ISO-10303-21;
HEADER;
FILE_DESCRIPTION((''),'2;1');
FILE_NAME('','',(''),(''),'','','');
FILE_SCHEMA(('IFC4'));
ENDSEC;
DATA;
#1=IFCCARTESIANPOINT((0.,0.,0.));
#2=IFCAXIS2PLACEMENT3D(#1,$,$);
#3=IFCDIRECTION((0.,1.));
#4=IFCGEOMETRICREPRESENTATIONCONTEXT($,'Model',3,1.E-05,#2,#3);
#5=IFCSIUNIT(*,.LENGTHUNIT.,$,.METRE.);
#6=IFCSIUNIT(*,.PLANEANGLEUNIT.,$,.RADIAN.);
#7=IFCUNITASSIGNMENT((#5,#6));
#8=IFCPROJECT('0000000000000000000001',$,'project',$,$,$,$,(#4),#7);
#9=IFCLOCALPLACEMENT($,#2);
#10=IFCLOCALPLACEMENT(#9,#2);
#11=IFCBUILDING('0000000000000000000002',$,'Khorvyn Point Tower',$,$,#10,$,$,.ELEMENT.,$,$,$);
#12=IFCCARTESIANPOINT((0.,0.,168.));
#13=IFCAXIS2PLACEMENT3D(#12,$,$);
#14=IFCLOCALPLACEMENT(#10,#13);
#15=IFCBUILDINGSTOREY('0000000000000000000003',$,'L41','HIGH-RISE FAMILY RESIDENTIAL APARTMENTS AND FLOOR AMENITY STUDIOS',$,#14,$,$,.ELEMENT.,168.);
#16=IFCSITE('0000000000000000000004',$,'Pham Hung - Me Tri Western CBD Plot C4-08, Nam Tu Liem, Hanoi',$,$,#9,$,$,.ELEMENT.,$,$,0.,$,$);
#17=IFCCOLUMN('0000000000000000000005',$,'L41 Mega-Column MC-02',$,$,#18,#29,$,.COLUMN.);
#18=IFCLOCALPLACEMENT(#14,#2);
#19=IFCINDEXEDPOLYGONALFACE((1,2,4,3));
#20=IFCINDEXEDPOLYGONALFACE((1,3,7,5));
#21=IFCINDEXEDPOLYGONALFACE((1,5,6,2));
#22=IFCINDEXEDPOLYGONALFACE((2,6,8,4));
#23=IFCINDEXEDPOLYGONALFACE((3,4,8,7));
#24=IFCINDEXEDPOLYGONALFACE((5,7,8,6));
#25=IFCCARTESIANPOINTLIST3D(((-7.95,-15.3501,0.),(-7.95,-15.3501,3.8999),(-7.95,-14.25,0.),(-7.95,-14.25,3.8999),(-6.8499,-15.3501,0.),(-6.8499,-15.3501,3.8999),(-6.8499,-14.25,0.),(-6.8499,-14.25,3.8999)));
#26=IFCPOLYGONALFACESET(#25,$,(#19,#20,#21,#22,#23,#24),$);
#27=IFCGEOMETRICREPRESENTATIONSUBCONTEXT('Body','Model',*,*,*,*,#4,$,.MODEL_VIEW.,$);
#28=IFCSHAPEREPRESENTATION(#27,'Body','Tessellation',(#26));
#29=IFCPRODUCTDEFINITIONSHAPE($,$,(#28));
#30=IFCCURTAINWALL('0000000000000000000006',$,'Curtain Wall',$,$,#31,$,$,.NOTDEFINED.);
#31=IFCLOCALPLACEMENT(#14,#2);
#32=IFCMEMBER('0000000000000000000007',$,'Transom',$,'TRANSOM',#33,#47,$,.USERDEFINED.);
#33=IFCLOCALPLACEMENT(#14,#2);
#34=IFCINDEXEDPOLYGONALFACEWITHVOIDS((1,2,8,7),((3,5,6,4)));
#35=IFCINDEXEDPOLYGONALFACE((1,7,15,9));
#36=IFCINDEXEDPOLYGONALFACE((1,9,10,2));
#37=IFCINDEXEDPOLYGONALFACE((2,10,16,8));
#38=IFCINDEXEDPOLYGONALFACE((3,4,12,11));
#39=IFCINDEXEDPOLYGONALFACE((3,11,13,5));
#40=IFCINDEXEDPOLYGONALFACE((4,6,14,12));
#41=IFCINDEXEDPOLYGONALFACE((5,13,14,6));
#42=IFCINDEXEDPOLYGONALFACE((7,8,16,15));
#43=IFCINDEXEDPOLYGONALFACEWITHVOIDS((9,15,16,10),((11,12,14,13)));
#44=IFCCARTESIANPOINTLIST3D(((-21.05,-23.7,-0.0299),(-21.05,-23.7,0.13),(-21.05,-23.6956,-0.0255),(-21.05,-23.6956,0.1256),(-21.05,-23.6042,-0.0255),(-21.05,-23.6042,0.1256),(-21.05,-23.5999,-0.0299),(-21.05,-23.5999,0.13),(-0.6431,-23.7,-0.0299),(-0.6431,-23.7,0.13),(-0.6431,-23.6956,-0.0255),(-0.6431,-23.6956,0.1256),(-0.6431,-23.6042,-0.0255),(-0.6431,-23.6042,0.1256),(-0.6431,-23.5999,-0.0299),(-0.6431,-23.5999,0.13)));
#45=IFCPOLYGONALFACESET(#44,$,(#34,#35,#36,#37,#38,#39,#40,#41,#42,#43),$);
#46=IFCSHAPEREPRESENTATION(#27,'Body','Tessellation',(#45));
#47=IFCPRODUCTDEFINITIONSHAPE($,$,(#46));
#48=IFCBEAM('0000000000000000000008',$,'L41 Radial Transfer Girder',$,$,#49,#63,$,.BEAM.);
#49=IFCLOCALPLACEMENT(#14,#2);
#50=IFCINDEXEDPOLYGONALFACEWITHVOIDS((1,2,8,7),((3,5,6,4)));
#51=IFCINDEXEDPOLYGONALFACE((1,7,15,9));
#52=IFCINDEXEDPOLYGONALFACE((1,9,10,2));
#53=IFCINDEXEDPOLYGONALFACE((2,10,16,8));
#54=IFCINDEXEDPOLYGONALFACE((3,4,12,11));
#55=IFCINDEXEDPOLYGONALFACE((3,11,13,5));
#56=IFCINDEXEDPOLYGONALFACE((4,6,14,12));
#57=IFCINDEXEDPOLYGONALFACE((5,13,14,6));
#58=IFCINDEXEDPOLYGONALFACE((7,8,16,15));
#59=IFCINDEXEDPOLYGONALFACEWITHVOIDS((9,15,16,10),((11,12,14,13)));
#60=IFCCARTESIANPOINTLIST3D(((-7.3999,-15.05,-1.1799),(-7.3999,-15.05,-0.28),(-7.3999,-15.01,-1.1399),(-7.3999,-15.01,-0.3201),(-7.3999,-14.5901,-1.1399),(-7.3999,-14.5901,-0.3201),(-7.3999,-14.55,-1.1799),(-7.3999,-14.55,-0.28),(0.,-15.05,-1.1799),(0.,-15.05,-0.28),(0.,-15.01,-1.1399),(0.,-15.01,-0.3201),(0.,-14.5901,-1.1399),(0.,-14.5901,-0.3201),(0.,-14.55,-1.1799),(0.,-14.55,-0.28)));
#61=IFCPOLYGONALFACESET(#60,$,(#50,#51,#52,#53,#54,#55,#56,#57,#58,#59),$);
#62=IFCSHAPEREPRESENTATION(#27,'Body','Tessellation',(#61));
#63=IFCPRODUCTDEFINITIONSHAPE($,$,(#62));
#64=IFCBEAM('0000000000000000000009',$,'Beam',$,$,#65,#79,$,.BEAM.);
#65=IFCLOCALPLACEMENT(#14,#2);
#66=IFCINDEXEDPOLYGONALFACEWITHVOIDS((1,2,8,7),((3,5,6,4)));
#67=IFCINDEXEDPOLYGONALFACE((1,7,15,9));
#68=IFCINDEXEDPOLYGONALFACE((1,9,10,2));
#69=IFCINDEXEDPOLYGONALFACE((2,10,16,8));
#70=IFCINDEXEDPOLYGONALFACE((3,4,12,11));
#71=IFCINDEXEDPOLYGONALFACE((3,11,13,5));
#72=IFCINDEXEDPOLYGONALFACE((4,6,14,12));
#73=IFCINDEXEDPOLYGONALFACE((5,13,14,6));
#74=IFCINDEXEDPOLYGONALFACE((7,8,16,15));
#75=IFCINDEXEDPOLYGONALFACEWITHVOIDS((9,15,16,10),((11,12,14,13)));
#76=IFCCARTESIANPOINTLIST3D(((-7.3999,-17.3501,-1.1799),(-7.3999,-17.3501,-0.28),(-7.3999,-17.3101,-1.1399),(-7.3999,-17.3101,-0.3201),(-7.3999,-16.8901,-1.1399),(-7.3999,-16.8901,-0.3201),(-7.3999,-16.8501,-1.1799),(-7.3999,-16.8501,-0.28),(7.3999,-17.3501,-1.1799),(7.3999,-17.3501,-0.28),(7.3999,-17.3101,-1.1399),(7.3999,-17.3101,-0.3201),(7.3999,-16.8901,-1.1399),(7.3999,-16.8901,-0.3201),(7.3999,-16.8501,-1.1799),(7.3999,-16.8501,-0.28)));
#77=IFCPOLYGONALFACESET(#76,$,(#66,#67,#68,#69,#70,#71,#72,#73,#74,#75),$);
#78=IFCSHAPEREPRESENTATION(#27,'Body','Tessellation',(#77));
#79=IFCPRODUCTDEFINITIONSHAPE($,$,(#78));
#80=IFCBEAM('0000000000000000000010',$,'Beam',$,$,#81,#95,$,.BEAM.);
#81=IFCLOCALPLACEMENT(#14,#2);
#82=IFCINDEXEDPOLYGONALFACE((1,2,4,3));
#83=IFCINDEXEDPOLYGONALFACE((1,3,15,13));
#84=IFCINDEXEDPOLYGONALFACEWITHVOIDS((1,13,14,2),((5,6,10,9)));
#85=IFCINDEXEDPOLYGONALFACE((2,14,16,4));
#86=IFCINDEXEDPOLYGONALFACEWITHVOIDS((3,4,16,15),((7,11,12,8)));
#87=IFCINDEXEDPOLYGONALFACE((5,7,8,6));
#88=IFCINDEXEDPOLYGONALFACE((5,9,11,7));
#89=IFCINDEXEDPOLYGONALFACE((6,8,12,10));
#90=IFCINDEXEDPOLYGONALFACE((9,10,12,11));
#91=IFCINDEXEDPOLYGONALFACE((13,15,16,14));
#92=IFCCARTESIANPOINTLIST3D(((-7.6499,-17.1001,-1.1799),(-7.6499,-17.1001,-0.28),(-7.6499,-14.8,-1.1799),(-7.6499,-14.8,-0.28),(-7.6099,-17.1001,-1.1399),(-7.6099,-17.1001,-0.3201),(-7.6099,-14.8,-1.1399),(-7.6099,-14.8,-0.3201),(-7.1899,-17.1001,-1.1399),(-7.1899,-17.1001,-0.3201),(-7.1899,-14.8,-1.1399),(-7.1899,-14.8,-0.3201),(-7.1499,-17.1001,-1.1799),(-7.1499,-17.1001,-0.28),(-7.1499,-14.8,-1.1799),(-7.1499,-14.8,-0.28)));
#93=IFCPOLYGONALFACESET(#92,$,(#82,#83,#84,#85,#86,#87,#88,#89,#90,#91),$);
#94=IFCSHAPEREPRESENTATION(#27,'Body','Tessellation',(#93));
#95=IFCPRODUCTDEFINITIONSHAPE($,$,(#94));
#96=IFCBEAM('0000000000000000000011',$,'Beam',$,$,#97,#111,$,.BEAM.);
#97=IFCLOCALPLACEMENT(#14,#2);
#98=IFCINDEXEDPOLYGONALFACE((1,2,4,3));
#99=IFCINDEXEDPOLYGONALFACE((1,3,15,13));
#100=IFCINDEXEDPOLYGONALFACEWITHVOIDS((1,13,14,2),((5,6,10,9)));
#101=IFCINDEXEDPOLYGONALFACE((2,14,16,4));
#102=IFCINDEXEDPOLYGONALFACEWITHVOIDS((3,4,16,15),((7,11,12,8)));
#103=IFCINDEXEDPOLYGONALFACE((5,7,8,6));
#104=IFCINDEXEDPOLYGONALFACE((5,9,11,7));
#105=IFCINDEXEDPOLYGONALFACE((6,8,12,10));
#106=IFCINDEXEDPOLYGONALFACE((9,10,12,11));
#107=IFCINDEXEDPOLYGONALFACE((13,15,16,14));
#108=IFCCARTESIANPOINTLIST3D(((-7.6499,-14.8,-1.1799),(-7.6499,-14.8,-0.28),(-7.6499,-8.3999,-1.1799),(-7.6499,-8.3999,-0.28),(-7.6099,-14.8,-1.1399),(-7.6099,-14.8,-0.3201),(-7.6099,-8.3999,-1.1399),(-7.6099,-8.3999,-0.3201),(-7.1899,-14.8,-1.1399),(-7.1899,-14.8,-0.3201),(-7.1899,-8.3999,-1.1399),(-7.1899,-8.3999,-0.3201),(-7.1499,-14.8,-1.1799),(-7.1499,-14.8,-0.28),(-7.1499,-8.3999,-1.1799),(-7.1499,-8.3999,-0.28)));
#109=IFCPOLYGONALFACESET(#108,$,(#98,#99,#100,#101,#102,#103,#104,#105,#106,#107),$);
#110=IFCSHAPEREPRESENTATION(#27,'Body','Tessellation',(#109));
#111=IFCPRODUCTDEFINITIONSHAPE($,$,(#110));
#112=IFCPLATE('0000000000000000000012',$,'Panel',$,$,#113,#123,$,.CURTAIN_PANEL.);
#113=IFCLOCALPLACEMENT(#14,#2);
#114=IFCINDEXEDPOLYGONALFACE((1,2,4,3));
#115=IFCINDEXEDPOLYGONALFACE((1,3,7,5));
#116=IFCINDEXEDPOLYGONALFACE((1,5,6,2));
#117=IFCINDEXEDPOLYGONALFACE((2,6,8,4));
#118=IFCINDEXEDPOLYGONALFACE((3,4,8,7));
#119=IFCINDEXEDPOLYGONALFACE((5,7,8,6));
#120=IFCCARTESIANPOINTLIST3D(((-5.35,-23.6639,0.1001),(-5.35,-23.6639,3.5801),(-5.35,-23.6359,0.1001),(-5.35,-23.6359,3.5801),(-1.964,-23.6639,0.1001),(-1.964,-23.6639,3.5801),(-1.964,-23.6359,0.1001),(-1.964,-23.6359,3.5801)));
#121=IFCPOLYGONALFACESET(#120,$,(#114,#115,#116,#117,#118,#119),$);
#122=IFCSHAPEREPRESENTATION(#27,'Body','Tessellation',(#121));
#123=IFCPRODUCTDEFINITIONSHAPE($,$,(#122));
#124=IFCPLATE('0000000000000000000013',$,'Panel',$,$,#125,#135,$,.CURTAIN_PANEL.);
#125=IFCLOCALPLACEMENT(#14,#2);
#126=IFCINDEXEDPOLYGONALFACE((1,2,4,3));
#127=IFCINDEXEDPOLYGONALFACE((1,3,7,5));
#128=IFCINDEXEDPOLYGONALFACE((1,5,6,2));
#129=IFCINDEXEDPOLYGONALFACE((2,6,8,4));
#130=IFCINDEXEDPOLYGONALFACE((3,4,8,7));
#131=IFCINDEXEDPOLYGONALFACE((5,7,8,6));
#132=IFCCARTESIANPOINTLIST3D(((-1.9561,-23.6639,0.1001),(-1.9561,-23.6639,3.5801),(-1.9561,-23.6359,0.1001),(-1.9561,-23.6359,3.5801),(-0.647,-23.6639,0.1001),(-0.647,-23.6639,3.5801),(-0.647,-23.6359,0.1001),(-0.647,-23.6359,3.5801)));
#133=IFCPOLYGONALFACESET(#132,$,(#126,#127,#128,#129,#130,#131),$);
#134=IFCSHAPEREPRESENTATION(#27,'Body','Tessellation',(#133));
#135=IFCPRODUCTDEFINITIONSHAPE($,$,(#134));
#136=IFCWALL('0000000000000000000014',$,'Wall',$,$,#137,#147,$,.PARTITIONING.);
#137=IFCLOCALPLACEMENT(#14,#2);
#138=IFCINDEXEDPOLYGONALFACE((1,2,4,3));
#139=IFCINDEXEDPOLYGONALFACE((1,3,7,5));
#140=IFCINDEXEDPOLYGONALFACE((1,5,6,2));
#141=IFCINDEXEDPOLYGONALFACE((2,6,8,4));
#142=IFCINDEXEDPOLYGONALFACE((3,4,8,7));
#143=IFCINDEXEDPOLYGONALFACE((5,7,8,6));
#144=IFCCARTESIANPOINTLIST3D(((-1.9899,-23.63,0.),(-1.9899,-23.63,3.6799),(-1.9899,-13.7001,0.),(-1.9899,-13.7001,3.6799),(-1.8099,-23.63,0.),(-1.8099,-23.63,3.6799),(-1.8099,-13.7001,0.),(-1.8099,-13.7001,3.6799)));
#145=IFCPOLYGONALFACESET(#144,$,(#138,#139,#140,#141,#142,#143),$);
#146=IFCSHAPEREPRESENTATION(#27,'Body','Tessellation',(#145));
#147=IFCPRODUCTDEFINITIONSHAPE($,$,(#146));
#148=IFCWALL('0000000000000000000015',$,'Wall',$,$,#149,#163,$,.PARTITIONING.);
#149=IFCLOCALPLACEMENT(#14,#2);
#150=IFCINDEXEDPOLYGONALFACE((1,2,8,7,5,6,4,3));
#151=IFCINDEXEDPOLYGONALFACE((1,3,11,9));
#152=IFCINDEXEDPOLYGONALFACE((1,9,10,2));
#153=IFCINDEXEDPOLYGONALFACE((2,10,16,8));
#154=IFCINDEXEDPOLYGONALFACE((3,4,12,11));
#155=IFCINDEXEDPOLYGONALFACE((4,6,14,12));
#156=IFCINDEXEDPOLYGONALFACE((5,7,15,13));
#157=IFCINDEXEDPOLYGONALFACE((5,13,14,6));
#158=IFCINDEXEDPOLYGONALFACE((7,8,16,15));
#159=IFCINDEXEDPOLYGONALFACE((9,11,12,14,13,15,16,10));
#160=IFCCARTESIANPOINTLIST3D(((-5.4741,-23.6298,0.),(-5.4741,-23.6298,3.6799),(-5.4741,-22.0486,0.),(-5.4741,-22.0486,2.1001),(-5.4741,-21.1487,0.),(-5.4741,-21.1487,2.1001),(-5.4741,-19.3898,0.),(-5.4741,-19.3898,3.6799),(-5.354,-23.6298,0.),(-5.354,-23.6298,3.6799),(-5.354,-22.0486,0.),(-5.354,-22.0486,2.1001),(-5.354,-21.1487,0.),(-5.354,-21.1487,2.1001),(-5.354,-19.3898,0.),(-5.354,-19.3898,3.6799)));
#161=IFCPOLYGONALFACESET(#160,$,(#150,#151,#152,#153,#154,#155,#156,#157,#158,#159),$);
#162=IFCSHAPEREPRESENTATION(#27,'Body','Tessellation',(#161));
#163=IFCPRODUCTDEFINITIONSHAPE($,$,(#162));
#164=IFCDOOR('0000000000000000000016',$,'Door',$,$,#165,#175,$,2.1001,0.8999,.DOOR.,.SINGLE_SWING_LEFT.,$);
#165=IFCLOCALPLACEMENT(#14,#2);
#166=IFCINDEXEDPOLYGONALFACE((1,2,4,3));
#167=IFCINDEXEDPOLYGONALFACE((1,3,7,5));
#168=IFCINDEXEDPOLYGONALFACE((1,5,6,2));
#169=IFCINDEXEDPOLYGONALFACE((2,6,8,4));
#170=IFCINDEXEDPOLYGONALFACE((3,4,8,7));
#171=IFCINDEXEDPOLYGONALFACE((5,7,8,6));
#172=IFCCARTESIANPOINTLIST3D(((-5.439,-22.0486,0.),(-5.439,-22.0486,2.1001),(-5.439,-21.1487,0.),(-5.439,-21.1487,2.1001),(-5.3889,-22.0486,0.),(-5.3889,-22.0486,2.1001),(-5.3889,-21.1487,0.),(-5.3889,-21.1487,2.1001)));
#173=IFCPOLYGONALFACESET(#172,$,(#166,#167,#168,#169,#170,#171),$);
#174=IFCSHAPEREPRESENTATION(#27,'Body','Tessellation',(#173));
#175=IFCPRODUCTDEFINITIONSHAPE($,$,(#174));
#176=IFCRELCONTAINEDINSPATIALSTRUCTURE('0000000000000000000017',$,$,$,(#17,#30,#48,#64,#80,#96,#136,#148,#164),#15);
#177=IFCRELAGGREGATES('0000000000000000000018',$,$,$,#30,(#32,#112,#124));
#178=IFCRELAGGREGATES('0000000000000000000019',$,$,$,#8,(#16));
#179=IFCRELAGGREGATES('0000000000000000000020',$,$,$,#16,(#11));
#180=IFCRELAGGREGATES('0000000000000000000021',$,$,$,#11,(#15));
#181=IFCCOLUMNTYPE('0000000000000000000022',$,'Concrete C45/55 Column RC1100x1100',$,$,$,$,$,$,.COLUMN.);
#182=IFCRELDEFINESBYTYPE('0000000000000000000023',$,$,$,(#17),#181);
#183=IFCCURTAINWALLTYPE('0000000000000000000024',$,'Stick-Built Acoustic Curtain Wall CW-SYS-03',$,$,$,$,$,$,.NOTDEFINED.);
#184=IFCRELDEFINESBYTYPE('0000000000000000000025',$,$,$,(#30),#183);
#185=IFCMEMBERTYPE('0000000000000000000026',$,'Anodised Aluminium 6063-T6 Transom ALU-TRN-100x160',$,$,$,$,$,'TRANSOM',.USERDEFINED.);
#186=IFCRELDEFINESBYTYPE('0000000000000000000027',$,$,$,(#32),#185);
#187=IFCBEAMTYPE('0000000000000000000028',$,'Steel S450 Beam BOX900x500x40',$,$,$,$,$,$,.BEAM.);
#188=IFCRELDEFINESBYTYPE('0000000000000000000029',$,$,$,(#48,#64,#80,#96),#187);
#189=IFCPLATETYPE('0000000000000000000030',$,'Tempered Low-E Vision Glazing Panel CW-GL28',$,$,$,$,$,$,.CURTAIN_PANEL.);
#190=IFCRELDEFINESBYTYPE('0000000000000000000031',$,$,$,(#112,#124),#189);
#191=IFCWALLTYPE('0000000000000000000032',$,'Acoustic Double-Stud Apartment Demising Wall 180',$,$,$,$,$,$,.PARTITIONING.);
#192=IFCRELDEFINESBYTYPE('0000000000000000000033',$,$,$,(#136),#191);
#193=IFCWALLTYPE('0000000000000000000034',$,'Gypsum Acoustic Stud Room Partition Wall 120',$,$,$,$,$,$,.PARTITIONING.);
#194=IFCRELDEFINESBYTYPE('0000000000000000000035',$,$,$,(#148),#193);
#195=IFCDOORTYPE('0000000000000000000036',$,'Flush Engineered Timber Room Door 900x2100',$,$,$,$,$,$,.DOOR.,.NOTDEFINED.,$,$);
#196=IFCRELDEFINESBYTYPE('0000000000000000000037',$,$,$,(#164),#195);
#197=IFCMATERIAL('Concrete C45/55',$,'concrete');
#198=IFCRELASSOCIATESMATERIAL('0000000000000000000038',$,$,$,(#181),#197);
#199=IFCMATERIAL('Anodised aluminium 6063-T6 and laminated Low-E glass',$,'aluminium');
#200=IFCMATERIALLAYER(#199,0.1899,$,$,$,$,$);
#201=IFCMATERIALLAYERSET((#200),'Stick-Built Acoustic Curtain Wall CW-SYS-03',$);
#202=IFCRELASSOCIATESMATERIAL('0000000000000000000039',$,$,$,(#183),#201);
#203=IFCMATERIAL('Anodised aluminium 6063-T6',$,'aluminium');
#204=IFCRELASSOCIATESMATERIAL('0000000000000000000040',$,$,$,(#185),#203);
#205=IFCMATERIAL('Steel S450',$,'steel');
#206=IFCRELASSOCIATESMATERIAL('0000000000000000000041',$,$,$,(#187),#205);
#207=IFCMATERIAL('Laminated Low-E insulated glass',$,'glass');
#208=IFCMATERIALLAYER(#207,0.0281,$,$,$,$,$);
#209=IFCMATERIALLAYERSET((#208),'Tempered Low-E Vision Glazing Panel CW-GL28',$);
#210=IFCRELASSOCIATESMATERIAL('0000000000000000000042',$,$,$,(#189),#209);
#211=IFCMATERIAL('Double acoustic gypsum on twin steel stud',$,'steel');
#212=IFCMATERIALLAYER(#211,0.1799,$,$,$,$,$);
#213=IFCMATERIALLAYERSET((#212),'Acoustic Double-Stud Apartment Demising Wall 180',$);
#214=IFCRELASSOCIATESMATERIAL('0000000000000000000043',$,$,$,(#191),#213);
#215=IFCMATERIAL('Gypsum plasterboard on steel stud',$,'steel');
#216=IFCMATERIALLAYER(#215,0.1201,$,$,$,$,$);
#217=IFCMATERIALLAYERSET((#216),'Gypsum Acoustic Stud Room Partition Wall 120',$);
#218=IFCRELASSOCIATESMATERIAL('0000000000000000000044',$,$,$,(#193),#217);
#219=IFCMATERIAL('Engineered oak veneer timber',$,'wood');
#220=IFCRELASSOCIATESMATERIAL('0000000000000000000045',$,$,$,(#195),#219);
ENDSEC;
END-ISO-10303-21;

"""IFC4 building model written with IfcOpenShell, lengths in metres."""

from ifc_helpers import new_model, si_unit, direction, frame, frame_2d, origin, origin_2d, place, context, subcontext, project, spatial, rectangle, hollow_rectangle, extrude, material, layer, layer_set, material_profile, profile_set, type_object, element, fill, aggregate, save


model = new_model("IFC4")

# Units and contexts
model_context = context("Model", 3, precision=1e-05, world=origin(), true_north=direction((0.0, 1.0)))
body_context = subcontext(model_context, "Body", "Model", "MODEL_VIEW")
ifc_project = project(units=[si_unit("LENGTHUNIT", "METRE"), si_unit("PLANEANGLEUNIT", "RADIAN")], contexts=[model_context])

# Site, building, storey
site_placement = place(None, origin())
site = spatial("IfcSite", under=ifc_project, at=site_placement, Name="Pham Hung - Me Tri Western CBD Plot C4-08, Nam Tu Liem, Hanoi", CompositionType="ELEMENT", RefElevation=0.0)
building_placement = place(site_placement, origin())
building = spatial("IfcBuilding", under=site, at=building_placement, Name="Khorvyn Point Tower", CompositionType="ELEMENT")
storey_placement = place(building_placement, frame((0.0, 0.0, 168.0)))
storey = spatial("IfcBuildingStorey", under=building, at=storey_placement, Name="L41", Description="HIGH-RISE FAMILY RESIDENTIAL APARTMENTS AND FLOOR AMENITY STUDIOS", CompositionType="ELEMENT", Elevation=168.0)

# Column
ifc_material_1 = material(Name="Concrete C45/55", Category="concrete")
ifc_material_profile_1 = material_profile(ifc_material_1, rectangle(XDim=1.1001, YDim=1.1001, at=origin_2d()))
ifc_profile_set_1 = profile_set([ifc_material_profile_1], Name="Concrete C45/55 RC1100x1100")
column_type = type_object("IfcColumnType", Name="Concrete C45/55 Column RC1100x1100", PredefinedType="COLUMN", material=ifc_profile_set_1)
column_placement = place(storey_placement, frame((-7.3999, -14.8, 0.0), z_axis=(0.0, 0.0, 1.0), x_axis=(1.0, 0.0, 0.0)))
element("IfcColumn", 1, at=column_placement, inside=storey, type_object=column_type, Name="L41 Mega-Column MC-02", PredefinedType="COLUMN", context=body_context, shape_type="SweptSolid", body=[
    extrude(rectangle(XDim=1.1001, YDim=1.1001, at=origin_2d()), origin(), (0.0, 0.0, 1.0), 3.8999),
])

# Curtain wall, member
ifc_material_2 = material(Name="Anodised aluminium 6063-T6 and laminated Low-E glass", Category="aluminium")
ifc_layer_1 = layer(ifc_material_2, 0.1899)
ifc_layer_set_1 = layer_set([ifc_layer_1], Name="Stick-Built Acoustic Curtain Wall CW-SYS-03")
curtain_wall_type = type_object("IfcCurtainWallType", Name="Stick-Built Acoustic Curtain Wall CW-SYS-03", PredefinedType="NOTDEFINED", material=ifc_layer_set_1)
curtain_wall_placement = place(storey_placement, origin())
curtain_wall = element("IfcCurtainWall", 2, at=curtain_wall_placement, inside=storey, type_object=curtain_wall_type, Name="Curtain Wall", PredefinedType="NOTDEFINED")
ifc_material_3 = material(Name="Anodised aluminium 6063-T6", Category="aluminium")
ifc_material_profile_2 = material_profile(ifc_material_3, hollow_rectangle(XDim=0.1001, YDim=0.1599, WallThickness=0.0044, at=origin_2d()))
ifc_profile_set_2 = profile_set([ifc_material_profile_2], Name="Anodised aluminium 6063-T6 ALU-TRN-100x160")
member_type = type_object("IfcMemberType", Name="Anodised Aluminium 6063-T6 Transom ALU-TRN-100x160", ElementType="TRANSOM", PredefinedType="USERDEFINED", material=ifc_profile_set_2)
member_placement = place(storey_placement, frame((-0.6431, -23.6499, 0.05), z_axis=(-1.0, 0.0, 0.0), x_axis=(0.0, -1.0, 0.0)))
member = element("IfcMember", 3, at=member_placement, type_object=member_type, Name="Transom", ObjectType="TRANSOM", PredefinedType="USERDEFINED", context=body_context, shape_type="SweptSolid", body=[
    extrude(hollow_rectangle(XDim=0.1001, YDim=0.1599, WallThickness=0.0044, at=origin_2d()), origin(), (0.0, 0.0, 1.0), 20.407),
])

# Beams
ifc_material_4 = material(Name="Steel S450", Category="steel")
ifc_material_profile_3 = material_profile(ifc_material_4, hollow_rectangle(XDim=0.5, YDim=0.8999, WallThickness=0.04, at=origin_2d()))
ifc_profile_set_3 = profile_set([ifc_material_profile_3], Name="Steel S450 BOX900x500x40")
beam_type = type_object("IfcBeamType", Name="Steel S450 Beam BOX900x500x40", PredefinedType="BEAM", material=ifc_profile_set_3)
beam_1_placement = place(storey_placement, frame((-7.3999, -14.8, -0.73), z_axis=(1.0, 0.0, 0.0), x_axis=(0.0, 1.0, 0.0)))
element("IfcBeam", 4, at=beam_1_placement, inside=storey, type_object=beam_type, Name="L41 Radial Transfer Girder", PredefinedType="BEAM", context=body_context, shape_type="SweptSolid", body=[
    extrude(hollow_rectangle(XDim=0.5, YDim=0.8999, WallThickness=0.04, at=origin_2d()), origin(), (0.0, 0.0, 1.0), 7.3999),
])
beam_2_placement = place(storey_placement, frame((-7.3999, -17.1001, -0.73), z_axis=(1.0, 0.0, 0.0), x_axis=(0.0, 1.0, 0.0)))
element("IfcBeam", 5, at=beam_2_placement, inside=storey, type_object=beam_type, Name="Beam", PredefinedType="BEAM", context=body_context, shape_type="SweptSolid", body=[
    extrude(hollow_rectangle(XDim=0.5, YDim=0.8999, WallThickness=0.04, at=origin_2d()), origin(), (0.0, 0.0, 1.0), 14.7998),
])
beam_3_placement = place(storey_placement, frame((-7.3999, -17.1001, -0.73), z_axis=(0.0, 1.0, 0.0), x_axis=(-1.0, 0.0, 0.0)))
element("IfcBeam", 6, at=beam_3_placement, inside=storey, type_object=beam_type, Name="Beam", PredefinedType="BEAM", context=body_context, shape_type="SweptSolid", body=[
    extrude(hollow_rectangle(XDim=0.5, YDim=0.8999, WallThickness=0.04, at=origin_2d()), origin(), (0.0, 0.0, 1.0), 2.3),
])
beam_4_placement = place(storey_placement, frame((-7.3999, -14.8, -0.73), z_axis=(0.0, 1.0, 0.0), x_axis=(-1.0, 0.0, 0.0)))
element("IfcBeam", 7, at=beam_4_placement, inside=storey, type_object=beam_type, Name="Beam", PredefinedType="BEAM", context=body_context, shape_type="SweptSolid", body=[
    extrude(hollow_rectangle(XDim=0.5, YDim=0.8999, WallThickness=0.04, at=origin_2d()), origin(), (0.0, 0.0, 1.0), 6.4001),
])

# Plates
ifc_material_5 = material(Name="Laminated Low-E insulated glass", Category="glass")
ifc_layer_2 = layer(ifc_material_5, 0.0281)
ifc_layer_set_2 = layer_set([ifc_layer_2], Name="Tempered Low-E Vision Glazing Panel CW-GL28")
plate_type = type_object("IfcPlateType", Name="Tempered Low-E Vision Glazing Panel CW-GL28", PredefinedType="CURTAIN_PANEL", material=ifc_layer_set_2)
plate_1_placement = place(storey_placement, frame((-3.657, -23.6499, 0.1001), z_axis=(0.0, 0.0, 1.0), x_axis=(-1.0, 0.0, 0.0)))
plate_1 = element("IfcPlate", 8, at=plate_1_placement, type_object=plate_type, Name="Panel", PredefinedType="CURTAIN_PANEL", context=body_context, shape_type="SweptSolid", body=[
    extrude(rectangle(XDim=3.386, YDim=0.0281, at=origin_2d()), origin(), (0.0, 0.0, 1.0), 3.48),
])
plate_2_placement = place(storey_placement, frame((-1.3015, -23.6499, 0.1001), z_axis=(0.0, 0.0, 1.0), x_axis=(-1.0, 0.0, 0.0)))
plate_2 = element("IfcPlate", 9, at=plate_2_placement, type_object=plate_type, Name="Panel", PredefinedType="CURTAIN_PANEL", context=body_context, shape_type="SweptSolid", body=[
    extrude(rectangle(XDim=1.3091, YDim=0.0281, at=origin_2d()), origin(), (0.0, 0.0, 1.0), 3.48),
])
aggregate(curtain_wall, [member, plate_1, plate_2])

# Wall
ifc_material_6 = material(Name="Double acoustic gypsum on twin steel stud", Category="steel")
ifc_layer_3 = layer(ifc_material_6, 0.1799)
ifc_layer_set_3 = layer_set([ifc_layer_3], Name="Acoustic Double-Stud Apartment Demising Wall 180")
wall_type_1 = type_object("IfcWallType", Name="Acoustic Double-Stud Apartment Demising Wall 180", PredefinedType="PARTITIONING", material=ifc_layer_set_3)
wall_1_placement = place(storey_placement, frame((-1.8999, -23.6299, 0.0), z_axis=(0.0, 0.0, 1.0), x_axis=(0.0, 1.0, 0.0)))
element("IfcWall", 10, at=wall_1_placement, inside=storey, type_object=wall_type_1, Name="Wall", PredefinedType="PARTITIONING", context=body_context, shape_type="SweptSolid", body=[
    extrude(rectangle(XDim=9.9299, YDim=0.1799, at=frame_2d((4.9648, 0.0))), origin(), (0.0, 0.0, 1.0), 3.6799),
])

# Wall, opening, door
ifc_material_7 = material(Name="Gypsum plasterboard on steel stud", Category="steel")
ifc_layer_4 = layer(ifc_material_7, 0.1201)
ifc_layer_set_4 = layer_set([ifc_layer_4], Name="Gypsum Acoustic Stud Room Partition Wall 120")
wall_type_2 = type_object("IfcWallType", Name="Gypsum Acoustic Stud Room Partition Wall 120", PredefinedType="PARTITIONING", material=ifc_layer_set_4)
wall_2_placement = place(storey_placement, frame((-5.4141, -23.6299, 0.0), z_axis=(0.0, 0.0, 1.0), x_axis=(0.0, 1.0, 0.0)))
wall_2 = element("IfcWall", 11, at=wall_2_placement, inside=storey, type_object=wall_type_2, Name="Wall", PredefinedType="PARTITIONING", context=body_context, shape_type="SweptSolid", body=[
    extrude(rectangle(XDim=4.24, YDim=0.1201, at=frame_2d((2.1201, 0.0))), origin(), (0.0, 0.0, 1.0), 3.6799),
])
opening_1_placement = place(wall_2_placement, frame((1.5813, 0.0, 0.0)))
opening_1 = element("IfcOpeningElement", 12, at=opening_1_placement, cuts=wall_2, PredefinedType="OPENING", context=body_context, shape_type="SweptSolid", body=[
    extrude(rectangle(XDim=0.8999, YDim=2.1001, at=frame_2d((0.45, 1.05))), frame((0.0, 0.0701, 0.0), z_axis=(0.0, -1.0, 0.0), x_axis=(1.0, 0.0, 0.0)), (0.0, 0.0, 1.0), 0.1401),
])
ifc_material_8 = material(Name="Engineered oak veneer timber", Category="wood")
door_type_1 = type_object("IfcDoorType", Name="Flush Engineered Timber Room Door 900x2100", OperationType="NOTDEFINED", PredefinedType="DOOR", material=ifc_material_8)
door_1_placement = place(opening_1_placement, origin())
door_1 = element("IfcDoor", 13, at=door_1_placement, inside=storey, type_object=door_type_1, Name="Door", OperationType="SINGLE_SWING_LEFT", OverallHeight=2.1001, OverallWidth=0.8999, PredefinedType="DOOR", context=body_context, shape_type="SweptSolid", body=[
    extrude(rectangle(XDim=0.8999, YDim=2.1001, at=frame_2d((0.45, 1.05))), frame((0.0, 0.0249, 0.0), z_axis=(0.0, -1.0, 0.0), x_axis=(1.0, 0.0, 0.0)), (0.0, 0.0, 1.0), 0.05),
])
fill(opening_1, door_1)

save(model, "model.ifc")
